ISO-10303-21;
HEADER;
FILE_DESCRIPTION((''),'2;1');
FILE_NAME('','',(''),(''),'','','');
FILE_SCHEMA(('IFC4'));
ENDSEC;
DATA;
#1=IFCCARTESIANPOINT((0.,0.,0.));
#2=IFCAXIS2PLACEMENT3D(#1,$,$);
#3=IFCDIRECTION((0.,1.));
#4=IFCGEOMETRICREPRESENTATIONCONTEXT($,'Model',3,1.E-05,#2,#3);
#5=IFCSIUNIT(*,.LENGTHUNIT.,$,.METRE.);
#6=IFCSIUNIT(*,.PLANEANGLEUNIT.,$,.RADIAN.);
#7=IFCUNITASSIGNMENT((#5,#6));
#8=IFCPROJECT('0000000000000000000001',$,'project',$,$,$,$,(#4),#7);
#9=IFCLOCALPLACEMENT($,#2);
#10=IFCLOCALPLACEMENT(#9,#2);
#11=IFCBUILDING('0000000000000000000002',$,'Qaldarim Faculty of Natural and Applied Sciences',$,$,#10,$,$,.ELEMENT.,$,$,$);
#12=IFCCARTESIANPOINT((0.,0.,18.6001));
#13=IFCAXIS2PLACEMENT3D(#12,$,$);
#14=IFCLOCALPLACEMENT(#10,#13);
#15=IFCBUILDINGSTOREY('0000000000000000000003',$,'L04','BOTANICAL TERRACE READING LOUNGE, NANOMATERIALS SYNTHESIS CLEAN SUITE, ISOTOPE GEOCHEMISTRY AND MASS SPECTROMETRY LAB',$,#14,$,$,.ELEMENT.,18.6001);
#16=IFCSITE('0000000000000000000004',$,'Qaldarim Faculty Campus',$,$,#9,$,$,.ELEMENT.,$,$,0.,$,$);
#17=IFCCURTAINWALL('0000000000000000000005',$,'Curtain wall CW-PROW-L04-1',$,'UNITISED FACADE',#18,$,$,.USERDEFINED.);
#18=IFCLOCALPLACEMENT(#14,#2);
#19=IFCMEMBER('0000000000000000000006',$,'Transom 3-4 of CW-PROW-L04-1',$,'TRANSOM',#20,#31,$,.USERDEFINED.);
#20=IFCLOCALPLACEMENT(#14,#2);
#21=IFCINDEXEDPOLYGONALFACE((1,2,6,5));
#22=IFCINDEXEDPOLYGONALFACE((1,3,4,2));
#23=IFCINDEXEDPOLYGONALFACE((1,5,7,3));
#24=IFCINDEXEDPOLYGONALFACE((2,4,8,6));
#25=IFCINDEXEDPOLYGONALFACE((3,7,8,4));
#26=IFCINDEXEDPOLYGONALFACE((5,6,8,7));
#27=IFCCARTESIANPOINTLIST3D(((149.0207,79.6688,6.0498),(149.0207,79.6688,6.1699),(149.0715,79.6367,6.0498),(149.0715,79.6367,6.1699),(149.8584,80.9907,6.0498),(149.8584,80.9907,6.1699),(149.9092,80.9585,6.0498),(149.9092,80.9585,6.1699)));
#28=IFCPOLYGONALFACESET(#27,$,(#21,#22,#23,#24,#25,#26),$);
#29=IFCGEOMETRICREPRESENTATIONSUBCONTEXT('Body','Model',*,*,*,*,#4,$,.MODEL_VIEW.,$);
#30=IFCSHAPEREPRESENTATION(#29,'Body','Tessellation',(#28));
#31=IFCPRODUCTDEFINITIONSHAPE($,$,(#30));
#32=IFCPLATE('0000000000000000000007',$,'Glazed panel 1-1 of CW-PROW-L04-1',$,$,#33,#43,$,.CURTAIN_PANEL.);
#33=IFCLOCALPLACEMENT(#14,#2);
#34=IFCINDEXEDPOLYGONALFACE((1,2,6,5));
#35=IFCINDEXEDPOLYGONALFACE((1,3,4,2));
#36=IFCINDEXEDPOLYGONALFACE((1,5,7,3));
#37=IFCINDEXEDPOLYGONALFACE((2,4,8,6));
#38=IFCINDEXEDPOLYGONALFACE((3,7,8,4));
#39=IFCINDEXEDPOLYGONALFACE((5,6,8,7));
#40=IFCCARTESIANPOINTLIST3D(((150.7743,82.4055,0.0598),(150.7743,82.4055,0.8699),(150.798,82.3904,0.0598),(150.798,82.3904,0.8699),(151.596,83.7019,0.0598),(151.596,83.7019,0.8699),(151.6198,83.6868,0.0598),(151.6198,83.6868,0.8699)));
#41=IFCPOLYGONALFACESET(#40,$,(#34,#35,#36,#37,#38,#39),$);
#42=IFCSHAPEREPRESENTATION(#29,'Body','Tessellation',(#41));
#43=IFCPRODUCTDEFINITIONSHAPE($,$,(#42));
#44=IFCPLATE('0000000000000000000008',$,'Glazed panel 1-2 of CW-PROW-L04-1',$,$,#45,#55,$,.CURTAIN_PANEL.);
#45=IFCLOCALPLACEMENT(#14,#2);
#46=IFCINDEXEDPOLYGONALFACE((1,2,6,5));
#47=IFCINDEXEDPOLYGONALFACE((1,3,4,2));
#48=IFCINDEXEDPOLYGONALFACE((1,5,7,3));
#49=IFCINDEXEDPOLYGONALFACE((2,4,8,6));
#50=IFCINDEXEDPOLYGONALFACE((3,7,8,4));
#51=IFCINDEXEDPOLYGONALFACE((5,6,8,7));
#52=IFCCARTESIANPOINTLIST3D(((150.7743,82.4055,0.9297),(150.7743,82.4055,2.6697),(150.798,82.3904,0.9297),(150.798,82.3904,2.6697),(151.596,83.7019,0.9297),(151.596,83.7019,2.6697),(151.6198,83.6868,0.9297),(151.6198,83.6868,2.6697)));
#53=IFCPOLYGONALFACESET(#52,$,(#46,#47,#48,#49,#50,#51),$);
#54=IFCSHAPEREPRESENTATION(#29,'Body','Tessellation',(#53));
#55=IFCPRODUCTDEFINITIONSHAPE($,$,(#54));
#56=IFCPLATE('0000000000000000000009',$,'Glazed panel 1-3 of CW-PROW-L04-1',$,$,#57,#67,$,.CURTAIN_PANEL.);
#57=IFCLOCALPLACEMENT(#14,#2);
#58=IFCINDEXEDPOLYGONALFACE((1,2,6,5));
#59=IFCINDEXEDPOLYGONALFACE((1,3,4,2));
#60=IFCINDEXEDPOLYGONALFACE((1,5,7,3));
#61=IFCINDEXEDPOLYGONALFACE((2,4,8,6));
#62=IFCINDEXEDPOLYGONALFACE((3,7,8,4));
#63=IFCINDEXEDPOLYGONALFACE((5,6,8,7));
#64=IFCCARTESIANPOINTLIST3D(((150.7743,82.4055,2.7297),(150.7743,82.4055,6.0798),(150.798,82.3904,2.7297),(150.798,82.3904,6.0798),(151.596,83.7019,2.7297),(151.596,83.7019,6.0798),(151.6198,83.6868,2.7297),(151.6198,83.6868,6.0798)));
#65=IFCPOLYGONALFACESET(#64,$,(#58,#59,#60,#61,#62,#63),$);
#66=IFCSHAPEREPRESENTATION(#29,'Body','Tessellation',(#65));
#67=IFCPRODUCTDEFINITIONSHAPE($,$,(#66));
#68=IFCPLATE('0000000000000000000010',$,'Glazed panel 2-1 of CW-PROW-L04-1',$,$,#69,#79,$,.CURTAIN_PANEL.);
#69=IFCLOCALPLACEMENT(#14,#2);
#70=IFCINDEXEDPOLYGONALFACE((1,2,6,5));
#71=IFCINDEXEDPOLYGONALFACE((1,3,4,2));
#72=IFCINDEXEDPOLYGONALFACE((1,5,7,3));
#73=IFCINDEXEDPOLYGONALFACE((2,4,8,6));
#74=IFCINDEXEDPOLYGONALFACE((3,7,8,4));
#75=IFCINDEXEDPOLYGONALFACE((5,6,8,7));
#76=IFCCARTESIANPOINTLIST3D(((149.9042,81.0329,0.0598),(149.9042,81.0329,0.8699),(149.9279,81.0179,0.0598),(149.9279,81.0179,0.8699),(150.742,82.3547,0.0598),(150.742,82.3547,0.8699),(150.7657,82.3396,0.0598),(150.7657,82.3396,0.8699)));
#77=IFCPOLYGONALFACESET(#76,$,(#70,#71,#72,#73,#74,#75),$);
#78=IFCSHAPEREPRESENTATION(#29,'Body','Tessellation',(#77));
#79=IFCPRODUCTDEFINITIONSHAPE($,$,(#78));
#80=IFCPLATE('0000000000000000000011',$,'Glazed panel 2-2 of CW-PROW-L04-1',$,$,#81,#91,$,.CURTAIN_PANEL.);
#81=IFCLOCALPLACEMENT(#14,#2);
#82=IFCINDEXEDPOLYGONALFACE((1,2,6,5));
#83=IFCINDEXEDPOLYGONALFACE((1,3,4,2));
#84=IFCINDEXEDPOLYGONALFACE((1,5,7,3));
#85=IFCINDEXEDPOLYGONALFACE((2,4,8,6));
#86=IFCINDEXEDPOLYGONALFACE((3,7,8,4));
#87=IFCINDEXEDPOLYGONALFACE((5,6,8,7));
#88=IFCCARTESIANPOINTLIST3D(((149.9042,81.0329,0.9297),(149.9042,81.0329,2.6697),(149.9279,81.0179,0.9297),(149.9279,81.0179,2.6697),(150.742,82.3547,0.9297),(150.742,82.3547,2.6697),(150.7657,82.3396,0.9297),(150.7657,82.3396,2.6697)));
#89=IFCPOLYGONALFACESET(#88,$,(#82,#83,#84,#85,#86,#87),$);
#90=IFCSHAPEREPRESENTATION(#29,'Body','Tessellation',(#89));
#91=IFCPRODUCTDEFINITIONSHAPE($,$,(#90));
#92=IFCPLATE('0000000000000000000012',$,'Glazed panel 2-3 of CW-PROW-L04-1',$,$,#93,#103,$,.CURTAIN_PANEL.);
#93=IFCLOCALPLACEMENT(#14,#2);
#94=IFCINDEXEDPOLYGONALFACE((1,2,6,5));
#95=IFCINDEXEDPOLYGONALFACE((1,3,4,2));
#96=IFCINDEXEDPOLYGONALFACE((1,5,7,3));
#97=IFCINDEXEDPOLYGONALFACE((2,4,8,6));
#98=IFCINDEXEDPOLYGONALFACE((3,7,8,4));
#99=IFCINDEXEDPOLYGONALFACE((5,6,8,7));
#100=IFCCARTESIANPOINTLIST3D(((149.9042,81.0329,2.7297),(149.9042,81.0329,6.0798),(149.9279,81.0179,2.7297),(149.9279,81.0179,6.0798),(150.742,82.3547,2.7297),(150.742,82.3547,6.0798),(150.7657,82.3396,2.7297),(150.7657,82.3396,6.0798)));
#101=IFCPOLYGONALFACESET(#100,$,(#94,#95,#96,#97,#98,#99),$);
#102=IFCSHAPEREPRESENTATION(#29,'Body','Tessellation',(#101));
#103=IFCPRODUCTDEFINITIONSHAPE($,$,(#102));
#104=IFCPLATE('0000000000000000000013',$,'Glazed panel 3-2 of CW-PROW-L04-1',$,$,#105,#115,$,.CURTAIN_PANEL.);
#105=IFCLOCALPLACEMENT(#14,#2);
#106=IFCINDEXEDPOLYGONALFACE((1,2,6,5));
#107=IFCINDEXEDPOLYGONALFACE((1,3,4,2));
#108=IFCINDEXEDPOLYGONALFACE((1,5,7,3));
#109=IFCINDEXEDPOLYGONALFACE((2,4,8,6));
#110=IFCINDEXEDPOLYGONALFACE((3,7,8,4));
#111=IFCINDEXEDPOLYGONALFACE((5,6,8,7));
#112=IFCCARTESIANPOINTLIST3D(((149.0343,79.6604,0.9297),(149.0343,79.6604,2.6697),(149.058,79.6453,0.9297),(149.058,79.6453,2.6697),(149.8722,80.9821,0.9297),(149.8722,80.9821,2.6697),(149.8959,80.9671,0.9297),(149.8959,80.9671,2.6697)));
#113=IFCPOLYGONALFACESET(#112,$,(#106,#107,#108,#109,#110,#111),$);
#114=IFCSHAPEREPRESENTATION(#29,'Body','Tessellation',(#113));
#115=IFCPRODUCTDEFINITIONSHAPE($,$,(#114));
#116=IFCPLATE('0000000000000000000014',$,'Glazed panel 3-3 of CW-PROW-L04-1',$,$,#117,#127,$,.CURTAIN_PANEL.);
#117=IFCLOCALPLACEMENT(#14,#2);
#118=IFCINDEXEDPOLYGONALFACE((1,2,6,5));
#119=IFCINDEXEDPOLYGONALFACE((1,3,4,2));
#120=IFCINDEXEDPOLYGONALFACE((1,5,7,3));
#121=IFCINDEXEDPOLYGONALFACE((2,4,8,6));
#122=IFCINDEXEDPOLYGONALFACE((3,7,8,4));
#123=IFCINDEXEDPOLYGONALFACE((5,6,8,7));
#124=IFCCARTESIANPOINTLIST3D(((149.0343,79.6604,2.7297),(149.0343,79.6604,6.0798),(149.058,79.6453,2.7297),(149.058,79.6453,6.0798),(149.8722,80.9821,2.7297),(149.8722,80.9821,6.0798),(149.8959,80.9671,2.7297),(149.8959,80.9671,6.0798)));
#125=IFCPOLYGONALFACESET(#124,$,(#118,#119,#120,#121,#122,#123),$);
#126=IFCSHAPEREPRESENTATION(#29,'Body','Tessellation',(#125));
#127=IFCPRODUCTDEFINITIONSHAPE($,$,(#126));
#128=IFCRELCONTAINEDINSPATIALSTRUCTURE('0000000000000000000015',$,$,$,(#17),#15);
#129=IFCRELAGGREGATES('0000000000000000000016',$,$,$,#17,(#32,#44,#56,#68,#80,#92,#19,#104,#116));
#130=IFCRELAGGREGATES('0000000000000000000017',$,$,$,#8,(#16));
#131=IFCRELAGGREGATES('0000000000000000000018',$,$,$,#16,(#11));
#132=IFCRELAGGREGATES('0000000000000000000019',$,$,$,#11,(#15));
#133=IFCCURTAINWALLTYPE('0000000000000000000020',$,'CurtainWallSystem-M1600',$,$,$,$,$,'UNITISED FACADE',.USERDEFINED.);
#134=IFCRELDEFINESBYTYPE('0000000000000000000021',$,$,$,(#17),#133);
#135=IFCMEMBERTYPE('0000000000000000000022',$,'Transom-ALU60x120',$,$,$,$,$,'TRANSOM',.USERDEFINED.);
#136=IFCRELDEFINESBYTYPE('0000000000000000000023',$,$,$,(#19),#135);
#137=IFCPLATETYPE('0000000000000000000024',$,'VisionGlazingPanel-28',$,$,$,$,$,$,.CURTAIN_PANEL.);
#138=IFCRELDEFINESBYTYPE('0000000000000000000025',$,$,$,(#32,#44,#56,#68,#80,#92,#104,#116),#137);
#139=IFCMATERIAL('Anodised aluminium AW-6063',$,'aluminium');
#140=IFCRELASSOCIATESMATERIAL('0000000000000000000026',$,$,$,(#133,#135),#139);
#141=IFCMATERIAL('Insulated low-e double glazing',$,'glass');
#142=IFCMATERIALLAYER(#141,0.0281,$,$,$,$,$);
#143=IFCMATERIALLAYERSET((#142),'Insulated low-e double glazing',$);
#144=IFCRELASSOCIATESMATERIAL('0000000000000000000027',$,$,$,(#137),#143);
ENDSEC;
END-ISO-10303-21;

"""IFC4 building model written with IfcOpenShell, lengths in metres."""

from ifc_helpers import new_model, si_unit, direction, frame, origin, origin_2d, place, context, subcontext, project, spatial, rectangle, extrude, material, layer, layer_set, material_profile, profile_set, type_object, element, aggregate, save


model = new_model("IFC4")

# Units and contexts
model_context = context("Model", 3, precision=1e-05, world=origin(), true_north=direction((0.0, 1.0)))
body_context = subcontext(model_context, "Body", "Model", "MODEL_VIEW")
ifc_project = project(units=[si_unit("LENGTHUNIT", "METRE"), si_unit("PLANEANGLEUNIT", "RADIAN")], contexts=[model_context])

# Site, building, storey
site_placement = place(None, origin())
site = spatial("IfcSite", under=ifc_project, at=site_placement, Name="Qaldarim Faculty Campus", CompositionType="ELEMENT", RefElevation=0.0)
building_placement = place(site_placement, origin())
building = spatial("IfcBuilding", under=site, at=building_placement, Name="Qaldarim Faculty of Natural and Applied Sciences", CompositionType="ELEMENT")
storey_placement = place(building_placement, frame((0.0, 0.0, 18.6001)))
storey = spatial("IfcBuildingStorey", under=building, at=storey_placement, Name="L04", Description="BOTANICAL TERRACE READING LOUNGE, NANOMATERIALS SYNTHESIS CLEAN SUITE, ISOTOPE GEOCHEMISTRY AND MASS SPECTROMETRY LAB", CompositionType="ELEMENT", Elevation=18.6001)

# Curtain wall, member, plates
ifc_material_1 = material(Name="Anodised aluminium AW-6063", Category="aluminium")
curtain_wall_type = type_object("IfcCurtainWallType", Name="CurtainWallSystem-M1600", ElementType="UNITISED FACADE", PredefinedType="USERDEFINED", material=ifc_material_1)
curtain_wall_placement = place(storey_placement, origin())
curtain_wall = element("IfcCurtainWall", 1, at=curtain_wall_placement, inside=storey, type_object=curtain_wall_type, Name="Curtain wall CW-PROW-L04-1", ObjectType="UNITISED FACADE", PredefinedType="USERDEFINED")
ifc_material_profile_1 = material_profile(ifc_material_1, rectangle(XDim=0.0601, YDim=0.1201, at=origin_2d()), Name="ALU-T60x120")
ifc_profile_set_1 = profile_set([ifc_material_profile_1], Name="Anodised aluminium AW-6063")
member_type_1 = type_object("IfcMemberType", Name="Transom-ALU60x120", ElementType="TRANSOM", PredefinedType="USERDEFINED", material=ifc_profile_set_1)
member_1_placement = place(storey_placement, frame((149.8838, 80.9746, 6.1099), z_axis=(-0.53529, -0.844669, 0.0), x_axis=(0.844669, -0.53529, 0.0)))
member_1 = element("IfcMember", 2, at=member_1_placement, type_object=member_type_1, Name="Transom 3-4 of CW-PROW-L04-1", ObjectType="TRANSOM", PredefinedType="USERDEFINED", context=body_context, shape_type="SweptSolid", body=[
    extrude(rectangle(XDim=0.0601, YDim=0.1201, at=origin_2d()), origin(), (0.0, 0.0, 1.0), 1.5649),
])
ifc_material_2 = material(Name="Insulated low-e double glazing", Category="glass")
ifc_layer = layer(ifc_material_2, 0.0281)
ifc_layer_set = layer_set([ifc_layer], Name="Insulated low-e double glazing")
plate_type = type_object("IfcPlateType", Name="VisionGlazingPanel-28", PredefinedType="CURTAIN_PANEL", material=ifc_layer_set)
plate_1_placement = place(storey_placement, frame((151.197, 83.0461, 0.0598), z_axis=(0.0, 0.0, 1.0), x_axis=(-0.535385, -0.844608, 0.0)))
plate_1 = element("IfcPlate", 3, at=plate_1_placement, type_object=plate_type, Name="Glazed panel 1-1 of CW-PROW-L04-1", PredefinedType="CURTAIN_PANEL", context=body_context, shape_type="SweptSolid", body=[
    extrude(rectangle(XDim=1.5349, YDim=0.0281, at=origin_2d()), origin(), (0.0, 0.0, 1.0), 0.8101),
])
plate_2_placement = place(storey_placement, frame((151.197, 83.0461, 0.9297), z_axis=(0.0, 0.0, 1.0), x_axis=(-0.535385, -0.844608, 0.0)))
plate_2 = element("IfcPlate", 4, at=plate_2_placement, type_object=plate_type, Name="Glazed panel 1-2 of CW-PROW-L04-1", PredefinedType="CURTAIN_PANEL", context=body_context, shape_type="SweptSolid", body=[
    extrude(rectangle(XDim=1.5349, YDim=0.0281, at=origin_2d()), origin(), (0.0, 0.0, 1.0), 1.74),
])
plate_3_placement = place(storey_placement, frame((151.197, 83.0461, 2.7297), z_axis=(0.0, 0.0, 1.0), x_axis=(-0.535385, -0.844608, 0.0)))
plate_3 = element("IfcPlate", 5, at=plate_3_placement, type_object=plate_type, Name="Glazed panel 1-3 of CW-PROW-L04-1", PredefinedType="CURTAIN_PANEL", context=body_context, shape_type="SweptSolid", body=[
    extrude(rectangle(XDim=1.5349, YDim=0.0281, at=origin_2d()), origin(), (0.0, 0.0, 1.0), 3.3501),
])
plate_4_placement = place(storey_placement, frame((150.335, 81.6863, 0.0598), z_axis=(0.0, 0.0, 1.0), x_axis=(-0.535385, -0.844608, 0.0)))
plate_4 = element("IfcPlate", 6, at=plate_4_placement, type_object=plate_type, Name="Glazed panel 2-1 of CW-PROW-L04-1", PredefinedType="CURTAIN_PANEL", context=body_context, shape_type="SweptSolid", body=[
    extrude(rectangle(XDim=1.5649, YDim=0.0281, at=origin_2d()), origin(), (0.0, 0.0, 1.0), 0.8101),
])
plate_5_placement = place(storey_placement, frame((150.335, 81.6863, 0.9297), z_axis=(0.0, 0.0, 1.0), x_axis=(-0.535385, -0.844608, 0.0)))
plate_5 = element("IfcPlate", 7, at=plate_5_placement, type_object=plate_type, Name="Glazed panel 2-2 of CW-PROW-L04-1", PredefinedType="CURTAIN_PANEL", context=body_context, shape_type="SweptSolid", body=[
    extrude(rectangle(XDim=1.5649, YDim=0.0281, at=origin_2d()), origin(), (0.0, 0.0, 1.0), 1.74),
])
plate_6_placement = place(storey_placement, frame((150.335, 81.6863, 2.7297), z_axis=(0.0, 0.0, 1.0), x_axis=(-0.535385, -0.844608, 0.0)))
plate_6 = element("IfcPlate", 8, at=plate_6_placement, type_object=plate_type, Name="Glazed panel 2-3 of CW-PROW-L04-1", PredefinedType="CURTAIN_PANEL", context=body_context, shape_type="SweptSolid", body=[
    extrude(rectangle(XDim=1.5649, YDim=0.0281, at=origin_2d()), origin(), (0.0, 0.0, 1.0), 3.3501),
])
plate_7_placement = place(storey_placement, frame((149.4651, 80.3137, 0.9297), z_axis=(0.0, 0.0, 1.0), x_axis=(-0.535385, -0.844608, 0.0)))
plate_7 = element("IfcPlate", 9, at=plate_7_placement, type_object=plate_type, Name="Glazed panel 3-2 of CW-PROW-L04-1", PredefinedType="CURTAIN_PANEL", context=body_context, shape_type="SweptSolid", body=[
    extrude(rectangle(XDim=1.5649, YDim=0.0281, at=origin_2d()), origin(), (0.0, 0.0, 1.0), 1.74),
])
plate_8_placement = place(storey_placement, frame((149.4651, 80.3137, 2.7297), z_axis=(0.0, 0.0, 1.0), x_axis=(-0.535385, -0.844608, 0.0)))
plate_8 = element("IfcPlate", 10, at=plate_8_placement, type_object=plate_type, Name="Glazed panel 3-3 of CW-PROW-L04-1", PredefinedType="CURTAIN_PANEL", context=body_context, shape_type="SweptSolid", body=[
    extrude(rectangle(XDim=1.5649, YDim=0.0281, at=origin_2d()), origin(), (0.0, 0.0, 1.0), 3.3501),
])
aggregate(curtain_wall, [plate_1, plate_2, plate_3, plate_4, plate_5, plate_6, member_1, plate_7, plate_8])

save(model, "model.ifc")
